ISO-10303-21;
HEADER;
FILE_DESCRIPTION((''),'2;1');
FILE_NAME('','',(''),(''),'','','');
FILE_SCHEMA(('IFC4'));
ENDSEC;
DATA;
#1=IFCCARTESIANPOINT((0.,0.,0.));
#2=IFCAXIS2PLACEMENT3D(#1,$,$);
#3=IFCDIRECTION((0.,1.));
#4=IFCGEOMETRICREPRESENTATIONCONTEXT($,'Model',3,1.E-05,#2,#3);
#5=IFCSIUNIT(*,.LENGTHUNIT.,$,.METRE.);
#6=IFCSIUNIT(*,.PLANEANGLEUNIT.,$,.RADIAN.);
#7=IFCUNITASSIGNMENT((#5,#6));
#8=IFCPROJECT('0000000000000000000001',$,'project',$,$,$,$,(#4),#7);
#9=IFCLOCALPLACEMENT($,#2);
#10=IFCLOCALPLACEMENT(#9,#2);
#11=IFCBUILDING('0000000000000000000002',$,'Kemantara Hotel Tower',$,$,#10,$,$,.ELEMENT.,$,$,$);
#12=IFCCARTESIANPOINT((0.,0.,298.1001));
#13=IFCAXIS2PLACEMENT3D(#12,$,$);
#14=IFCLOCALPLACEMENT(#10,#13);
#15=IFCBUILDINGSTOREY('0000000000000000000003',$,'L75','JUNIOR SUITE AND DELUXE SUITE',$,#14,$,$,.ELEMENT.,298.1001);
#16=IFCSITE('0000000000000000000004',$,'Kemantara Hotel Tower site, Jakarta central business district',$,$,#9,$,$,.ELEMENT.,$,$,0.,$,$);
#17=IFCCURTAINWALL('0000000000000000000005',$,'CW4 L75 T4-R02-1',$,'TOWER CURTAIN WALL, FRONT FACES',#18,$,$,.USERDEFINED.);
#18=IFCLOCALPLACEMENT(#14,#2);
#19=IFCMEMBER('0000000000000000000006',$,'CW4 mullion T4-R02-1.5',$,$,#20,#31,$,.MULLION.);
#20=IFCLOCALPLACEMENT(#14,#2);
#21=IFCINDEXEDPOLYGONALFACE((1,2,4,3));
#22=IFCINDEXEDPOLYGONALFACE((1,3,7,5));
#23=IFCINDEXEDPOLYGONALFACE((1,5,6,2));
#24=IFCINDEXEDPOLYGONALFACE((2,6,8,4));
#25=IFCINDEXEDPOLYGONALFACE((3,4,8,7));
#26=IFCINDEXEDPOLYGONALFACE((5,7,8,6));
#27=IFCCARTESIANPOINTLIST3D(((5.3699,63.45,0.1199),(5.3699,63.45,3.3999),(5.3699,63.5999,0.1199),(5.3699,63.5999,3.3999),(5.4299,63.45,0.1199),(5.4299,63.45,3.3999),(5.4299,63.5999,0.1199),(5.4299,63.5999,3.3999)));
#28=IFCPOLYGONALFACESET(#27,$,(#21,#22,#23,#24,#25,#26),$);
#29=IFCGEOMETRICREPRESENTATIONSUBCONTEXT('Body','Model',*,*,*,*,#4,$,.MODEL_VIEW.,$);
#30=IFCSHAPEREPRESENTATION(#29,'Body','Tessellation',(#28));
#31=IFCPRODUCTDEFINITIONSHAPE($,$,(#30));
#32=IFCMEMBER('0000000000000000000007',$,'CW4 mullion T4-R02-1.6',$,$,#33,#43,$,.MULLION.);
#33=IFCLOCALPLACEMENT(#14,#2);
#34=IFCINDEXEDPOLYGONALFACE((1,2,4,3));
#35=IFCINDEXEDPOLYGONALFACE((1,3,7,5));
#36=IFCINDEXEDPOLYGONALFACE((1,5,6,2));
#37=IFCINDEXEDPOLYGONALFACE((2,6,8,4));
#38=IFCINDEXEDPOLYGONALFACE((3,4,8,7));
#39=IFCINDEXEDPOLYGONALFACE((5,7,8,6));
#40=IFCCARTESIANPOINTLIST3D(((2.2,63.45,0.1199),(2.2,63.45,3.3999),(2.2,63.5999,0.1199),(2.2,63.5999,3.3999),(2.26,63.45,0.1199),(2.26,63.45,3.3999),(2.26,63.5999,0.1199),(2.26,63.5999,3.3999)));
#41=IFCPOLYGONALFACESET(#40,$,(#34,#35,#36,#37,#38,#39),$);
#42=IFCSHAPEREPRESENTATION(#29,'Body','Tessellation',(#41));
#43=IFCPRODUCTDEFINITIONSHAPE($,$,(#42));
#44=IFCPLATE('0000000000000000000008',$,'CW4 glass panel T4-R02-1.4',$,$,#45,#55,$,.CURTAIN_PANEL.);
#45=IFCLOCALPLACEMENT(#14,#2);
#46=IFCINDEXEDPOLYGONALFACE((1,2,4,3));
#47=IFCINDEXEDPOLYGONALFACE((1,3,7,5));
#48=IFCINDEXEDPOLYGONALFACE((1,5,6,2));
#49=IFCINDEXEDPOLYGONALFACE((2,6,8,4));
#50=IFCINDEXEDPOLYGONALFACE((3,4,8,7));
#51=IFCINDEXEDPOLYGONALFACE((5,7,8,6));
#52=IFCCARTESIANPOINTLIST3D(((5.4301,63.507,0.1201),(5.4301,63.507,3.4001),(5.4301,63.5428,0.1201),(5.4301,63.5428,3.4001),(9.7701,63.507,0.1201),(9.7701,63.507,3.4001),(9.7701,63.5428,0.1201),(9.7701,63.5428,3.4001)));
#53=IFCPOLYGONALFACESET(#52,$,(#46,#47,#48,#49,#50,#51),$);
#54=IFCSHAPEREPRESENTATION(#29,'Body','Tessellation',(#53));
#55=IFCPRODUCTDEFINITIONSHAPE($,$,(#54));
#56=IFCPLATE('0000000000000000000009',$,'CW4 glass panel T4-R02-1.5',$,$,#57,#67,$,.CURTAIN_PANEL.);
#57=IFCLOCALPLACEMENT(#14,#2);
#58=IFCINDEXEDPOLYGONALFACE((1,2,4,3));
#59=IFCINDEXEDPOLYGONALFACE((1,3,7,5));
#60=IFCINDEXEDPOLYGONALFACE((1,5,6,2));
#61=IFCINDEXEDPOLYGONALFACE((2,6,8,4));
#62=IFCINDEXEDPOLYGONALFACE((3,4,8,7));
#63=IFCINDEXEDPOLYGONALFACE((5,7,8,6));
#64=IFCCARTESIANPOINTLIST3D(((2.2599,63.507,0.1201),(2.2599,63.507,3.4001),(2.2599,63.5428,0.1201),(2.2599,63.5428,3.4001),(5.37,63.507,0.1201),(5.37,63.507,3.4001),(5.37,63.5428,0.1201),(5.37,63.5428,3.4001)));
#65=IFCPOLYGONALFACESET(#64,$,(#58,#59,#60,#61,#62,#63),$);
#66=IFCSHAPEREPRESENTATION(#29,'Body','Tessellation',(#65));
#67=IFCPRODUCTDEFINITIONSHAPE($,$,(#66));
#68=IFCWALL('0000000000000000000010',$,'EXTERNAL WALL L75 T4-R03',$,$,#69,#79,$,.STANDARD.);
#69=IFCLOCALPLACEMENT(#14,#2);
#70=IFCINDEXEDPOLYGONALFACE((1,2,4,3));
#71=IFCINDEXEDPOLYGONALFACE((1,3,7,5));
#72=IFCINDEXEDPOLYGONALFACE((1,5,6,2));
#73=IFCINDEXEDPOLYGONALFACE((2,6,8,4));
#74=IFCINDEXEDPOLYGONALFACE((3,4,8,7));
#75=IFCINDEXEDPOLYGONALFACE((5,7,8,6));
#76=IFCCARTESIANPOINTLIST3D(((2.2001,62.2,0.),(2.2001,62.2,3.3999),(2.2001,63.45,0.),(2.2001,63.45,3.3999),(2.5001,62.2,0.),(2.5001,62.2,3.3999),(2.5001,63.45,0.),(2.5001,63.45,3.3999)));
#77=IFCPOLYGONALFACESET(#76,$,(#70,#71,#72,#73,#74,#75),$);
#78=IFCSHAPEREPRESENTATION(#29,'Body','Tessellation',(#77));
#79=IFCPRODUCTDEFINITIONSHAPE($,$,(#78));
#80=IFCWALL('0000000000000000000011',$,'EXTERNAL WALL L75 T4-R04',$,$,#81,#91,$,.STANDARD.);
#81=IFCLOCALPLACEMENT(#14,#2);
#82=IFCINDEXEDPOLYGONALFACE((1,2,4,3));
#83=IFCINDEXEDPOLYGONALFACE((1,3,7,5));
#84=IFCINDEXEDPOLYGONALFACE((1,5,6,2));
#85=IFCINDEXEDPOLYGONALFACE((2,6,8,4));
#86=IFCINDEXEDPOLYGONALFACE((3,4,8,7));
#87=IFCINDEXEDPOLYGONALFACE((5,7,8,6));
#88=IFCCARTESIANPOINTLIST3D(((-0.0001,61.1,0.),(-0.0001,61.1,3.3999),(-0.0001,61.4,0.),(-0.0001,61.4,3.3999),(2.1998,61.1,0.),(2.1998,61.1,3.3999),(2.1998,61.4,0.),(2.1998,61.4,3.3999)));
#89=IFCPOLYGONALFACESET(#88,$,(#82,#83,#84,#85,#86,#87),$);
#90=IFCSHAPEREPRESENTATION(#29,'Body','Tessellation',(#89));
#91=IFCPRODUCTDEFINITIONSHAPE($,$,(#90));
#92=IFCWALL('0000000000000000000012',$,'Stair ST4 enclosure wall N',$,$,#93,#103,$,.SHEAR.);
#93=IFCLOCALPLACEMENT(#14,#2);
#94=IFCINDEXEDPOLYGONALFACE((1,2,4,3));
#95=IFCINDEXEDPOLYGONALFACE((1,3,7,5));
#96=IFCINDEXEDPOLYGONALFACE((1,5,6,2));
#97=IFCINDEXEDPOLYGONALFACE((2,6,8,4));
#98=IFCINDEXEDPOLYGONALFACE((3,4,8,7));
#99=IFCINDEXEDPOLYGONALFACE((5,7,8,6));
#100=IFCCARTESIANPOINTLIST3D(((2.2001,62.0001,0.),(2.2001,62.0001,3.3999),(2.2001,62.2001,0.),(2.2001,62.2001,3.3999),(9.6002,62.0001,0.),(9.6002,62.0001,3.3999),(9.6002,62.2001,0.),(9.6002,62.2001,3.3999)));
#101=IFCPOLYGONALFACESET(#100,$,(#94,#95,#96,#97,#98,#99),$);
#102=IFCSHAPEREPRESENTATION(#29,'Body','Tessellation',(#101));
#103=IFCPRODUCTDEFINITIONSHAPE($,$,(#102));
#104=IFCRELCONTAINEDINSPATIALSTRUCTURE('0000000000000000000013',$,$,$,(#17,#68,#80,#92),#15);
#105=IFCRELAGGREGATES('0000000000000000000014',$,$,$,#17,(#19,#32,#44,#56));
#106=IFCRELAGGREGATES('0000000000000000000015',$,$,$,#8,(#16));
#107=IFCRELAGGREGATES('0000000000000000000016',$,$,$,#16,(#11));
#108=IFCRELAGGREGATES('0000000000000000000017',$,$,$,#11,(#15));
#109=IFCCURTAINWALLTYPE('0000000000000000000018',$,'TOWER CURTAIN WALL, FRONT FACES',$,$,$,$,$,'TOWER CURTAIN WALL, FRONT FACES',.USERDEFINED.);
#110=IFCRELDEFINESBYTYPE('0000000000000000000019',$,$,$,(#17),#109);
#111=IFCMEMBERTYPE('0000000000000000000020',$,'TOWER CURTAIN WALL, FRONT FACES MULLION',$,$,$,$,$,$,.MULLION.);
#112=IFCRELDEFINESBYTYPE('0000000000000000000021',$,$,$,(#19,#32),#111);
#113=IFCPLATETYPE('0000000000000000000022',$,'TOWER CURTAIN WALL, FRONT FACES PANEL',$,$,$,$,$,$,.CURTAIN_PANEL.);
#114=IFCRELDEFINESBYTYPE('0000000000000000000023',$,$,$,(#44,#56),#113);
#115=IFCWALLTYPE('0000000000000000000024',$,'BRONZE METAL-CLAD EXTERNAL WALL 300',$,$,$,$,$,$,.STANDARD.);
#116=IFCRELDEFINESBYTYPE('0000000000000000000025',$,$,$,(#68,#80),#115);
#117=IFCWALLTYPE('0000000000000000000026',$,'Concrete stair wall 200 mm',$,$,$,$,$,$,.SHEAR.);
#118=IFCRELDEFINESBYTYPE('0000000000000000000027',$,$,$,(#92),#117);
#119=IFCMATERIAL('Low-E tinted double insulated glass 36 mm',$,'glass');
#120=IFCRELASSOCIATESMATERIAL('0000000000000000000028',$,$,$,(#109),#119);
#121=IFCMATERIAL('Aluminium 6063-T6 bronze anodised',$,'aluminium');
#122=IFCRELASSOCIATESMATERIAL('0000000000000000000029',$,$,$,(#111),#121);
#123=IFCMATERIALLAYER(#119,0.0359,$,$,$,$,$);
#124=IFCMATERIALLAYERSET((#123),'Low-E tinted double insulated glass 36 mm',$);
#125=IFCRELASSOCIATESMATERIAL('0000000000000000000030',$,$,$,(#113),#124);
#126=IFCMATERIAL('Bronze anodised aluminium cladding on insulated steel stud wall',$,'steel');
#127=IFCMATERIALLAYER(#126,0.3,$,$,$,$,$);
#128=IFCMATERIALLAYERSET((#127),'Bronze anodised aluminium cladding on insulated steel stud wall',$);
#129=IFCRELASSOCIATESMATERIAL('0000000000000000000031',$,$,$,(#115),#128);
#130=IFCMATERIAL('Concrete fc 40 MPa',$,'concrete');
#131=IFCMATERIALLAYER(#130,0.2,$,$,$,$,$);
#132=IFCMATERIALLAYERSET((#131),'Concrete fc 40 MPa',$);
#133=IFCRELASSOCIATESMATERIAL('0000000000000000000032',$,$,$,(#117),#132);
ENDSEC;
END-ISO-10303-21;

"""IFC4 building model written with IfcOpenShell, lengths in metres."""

from ifc_helpers import new_model, si_unit, direction, frame, frame_2d, origin, origin_2d, place, context, subcontext, project, spatial, rectangle, extrude, source, transform, mapped, material, layer, layer_set, material_profile, profile_set, type_object, element, aggregate, save


model = new_model("IFC4")

# Units and contexts
model_context = context("Model", 3, precision=1e-05, world=origin(), true_north=direction((0.0, 1.0)))
body_context = subcontext(model_context, "Body", "Model", "MODEL_VIEW")
ifc_project = project(units=[si_unit("LENGTHUNIT", "METRE"), si_unit("PLANEANGLEUNIT", "RADIAN")], contexts=[model_context])

# Site, building, storey
site_placement = place(None, origin())
site = spatial("IfcSite", under=ifc_project, at=site_placement, Name="Kemantara Hotel Tower site, Jakarta central business district", CompositionType="ELEMENT", RefElevation=0.0)
building_placement = place(site_placement, origin())
building = spatial("IfcBuilding", under=site, at=building_placement, Name="Kemantara Hotel Tower", CompositionType="ELEMENT")
storey_placement = place(building_placement, frame((0.0, 0.0, 298.1001)))
storey = spatial("IfcBuildingStorey", under=building, at=storey_placement, Name="L75", Description="JUNIOR SUITE AND DELUXE SUITE", CompositionType="ELEMENT", Elevation=298.1001)

# Curtain wall, members, plates
ifc_material_1 = material(Name="Low-E tinted double insulated glass 36 mm", Category="glass")
curtain_wall_type = type_object("IfcCurtainWallType", Name="TOWER CURTAIN WALL, FRONT FACES", ElementType="TOWER CURTAIN WALL, FRONT FACES", PredefinedType="USERDEFINED", material=ifc_material_1)
curtain_wall_placement = place(storey_placement, origin())
curtain_wall = element("IfcCurtainWall", 1, at=curtain_wall_placement, inside=storey, type_object=curtain_wall_type, Name="CW4 L75 T4-R02-1", ObjectType="TOWER CURTAIN WALL, FRONT FACES", PredefinedType="USERDEFINED")
ifc_material_2 = material(Name="Aluminium 6063-T6 bronze anodised", Category="aluminium")
ifc_material_profile = material_profile(ifc_material_2, rectangle(XDim=0.1499, YDim=0.0601, at=origin_2d()), Name="TOWER CURTAIN WALL, FRONT FACES MULLION")
ifc_profile_set = profile_set([ifc_material_profile], Name="Aluminium 6063-T6 bronze anodised")
member_type = type_object("IfcMemberType", Name="TOWER CURTAIN WALL, FRONT FACES MULLION", PredefinedType="MULLION", material=ifc_profile_set)
shared_shape_1 = source(origin(), body_context, "Body", "SweptSolid", [
    extrude(rectangle(XDim=0.1499, YDim=0.0601, at=origin_2d()), origin(), (0.0, 0.0, 1.0), 3.28),
])
member_1_placement = place(storey_placement, frame((5.3999, 63.5249, 0.1199), z_axis=(0.0, 0.0, 1.0), x_axis=(0.0, -1.0, 0.0)))
member_1 = element("IfcMember", 2, at=member_1_placement, type_object=member_type, Name="CW4 mullion T4-R02-1.5", PredefinedType="MULLION", context=body_context, shape_type="MappedRepresentation", body=[
    mapped(shared_shape_1, transform((0.0, 0.0, 0.0))),
])
member_2_placement = place(storey_placement, frame((2.23, 63.5249, 0.1199), z_axis=(0.0, 0.0, 1.0), x_axis=(0.0, -1.0, 0.0)))
member_2 = element("IfcMember", 3, at=member_2_placement, type_object=member_type, Name="CW4 mullion T4-R02-1.6", PredefinedType="MULLION", context=body_context, shape_type="MappedRepresentation", body=[
    mapped(shared_shape_1, transform((0.0, 0.0, 0.0))),
])
ifc_layer_1 = layer(ifc_material_1, 0.0359)
ifc_layer_set_1 = layer_set([ifc_layer_1], Name="Low-E tinted double insulated glass 36 mm")
plate_type = type_object("IfcPlateType", Name="TOWER CURTAIN WALL, FRONT FACES PANEL", PredefinedType="CURTAIN_PANEL", material=ifc_layer_set_1)
shared_shape_2 = source(origin(), body_context, "Body", "SweptSolid", [
    extrude(rectangle(XDim=4.3401, YDim=0.0359, at=origin_2d()), origin(), (0.0, 0.0, 1.0), 3.28),
])
plate_1_placement = place(storey_placement, frame((7.6001, 63.5249, 0.1201), z_axis=(0.0, 0.0, 1.0), x_axis=(-1.0, 0.0, 0.0)))
plate_1 = element("IfcPlate", 4, at=plate_1_placement, type_object=plate_type, Name="CW4 glass panel T4-R02-1.4", PredefinedType="CURTAIN_PANEL", context=body_context, shape_type="MappedRepresentation", body=[
    mapped(shared_shape_2, transform((0.0, 0.0, 0.0))),
])
shared_shape_3 = source(origin(), body_context, "Body", "SweptSolid", [
    extrude(rectangle(XDim=3.1101, YDim=0.0359, at=origin_2d()), origin(), (0.0, 0.0, 1.0), 3.28),
])
plate_2_placement = place(storey_placement, frame((3.8149, 63.5249, 0.1201), z_axis=(0.0, 0.0, 1.0), x_axis=(-1.0, 0.0, 0.0)))
plate_2 = element("IfcPlate", 5, at=plate_2_placement, type_object=plate_type, Name="CW4 glass panel T4-R02-1.5", PredefinedType="CURTAIN_PANEL", context=body_context, shape_type="MappedRepresentation", body=[
    mapped(shared_shape_3, transform((0.0, 0.0, 0.0))),
])
aggregate(curtain_wall, [member_1, member_2, plate_1, plate_2])

# Walls
ifc_material_3 = material(Name="Bronze anodised aluminium cladding on insulated steel stud wall", Category="steel")
ifc_layer_2 = layer(ifc_material_3, 0.3)
ifc_layer_set_2 = layer_set([ifc_layer_2], Name="Bronze anodised aluminium cladding on insulated steel stud wall")
wall_type_1 = type_object("IfcWallType", Name="BRONZE METAL-CLAD EXTERNAL WALL 300", PredefinedType="STANDARD", material=ifc_layer_set_2)
wall_1_placement = place(storey_placement, frame((2.3501, 63.45, 0.0), z_axis=(0.0, 0.0, 1.0), x_axis=(0.0, -1.0, 0.0)))
element("IfcWall", 6, at=wall_1_placement, inside=storey, type_object=wall_type_1, Name="EXTERNAL WALL L75 T4-R03", PredefinedType="STANDARD", context=body_context, shape_type="SweptSolid", body=[
    extrude(rectangle(XDim=1.25, YDim=0.3, at=frame_2d((0.625, 0.0))), origin(), (0.0, 0.0, 1.0), 3.3999),
])
wall_2_placement = place(storey_placement, frame((2.2, 61.25, 0.0), z_axis=(0.0, 0.0, 1.0), x_axis=(-1.0, 0.0, 0.0)))
element("IfcWall", 7, at=wall_2_placement, inside=storey, type_object=wall_type_1, Name="EXTERNAL WALL L75 T4-R04", PredefinedType="STANDARD", context=body_context, shape_type="SweptSolid", body=[
    extrude(rectangle(XDim=2.2, YDim=0.3, at=frame_2d((1.1001, 0.0))), origin(), (0.0, 0.0, 1.0), 3.3999),
])

# Wall
ifc_material_4 = material(Name="Concrete fc 40 MPa", Category="concrete")
ifc_layer_3 = layer(ifc_material_4, 0.2)
ifc_layer_set_3 = layer_set([ifc_layer_3], Name="Concrete fc 40 MPa")
wall_type_2 = type_object("IfcWallType", Name="Concrete stair wall 200 mm", PredefinedType="SHEAR", material=ifc_layer_set_3)
wall_3_placement = place(storey_placement, frame((2.2, 62.1001, 0.0), z_axis=(0.0, 0.0, 1.0), x_axis=(1.0, 0.0, 0.0)))
element("IfcWall", 8, at=wall_3_placement, inside=storey, type_object=wall_type_2, Name="Stair ST4 enclosure wall N", PredefinedType="SHEAR", context=body_context, shape_type="SweptSolid", body=[
    extrude(rectangle(XDim=7.4001, YDim=0.2, at=frame_2d((3.7002, 0.0))), origin(), (0.0, 0.0, 1.0), 3.3999),
])

save(model, "model.ifc")
